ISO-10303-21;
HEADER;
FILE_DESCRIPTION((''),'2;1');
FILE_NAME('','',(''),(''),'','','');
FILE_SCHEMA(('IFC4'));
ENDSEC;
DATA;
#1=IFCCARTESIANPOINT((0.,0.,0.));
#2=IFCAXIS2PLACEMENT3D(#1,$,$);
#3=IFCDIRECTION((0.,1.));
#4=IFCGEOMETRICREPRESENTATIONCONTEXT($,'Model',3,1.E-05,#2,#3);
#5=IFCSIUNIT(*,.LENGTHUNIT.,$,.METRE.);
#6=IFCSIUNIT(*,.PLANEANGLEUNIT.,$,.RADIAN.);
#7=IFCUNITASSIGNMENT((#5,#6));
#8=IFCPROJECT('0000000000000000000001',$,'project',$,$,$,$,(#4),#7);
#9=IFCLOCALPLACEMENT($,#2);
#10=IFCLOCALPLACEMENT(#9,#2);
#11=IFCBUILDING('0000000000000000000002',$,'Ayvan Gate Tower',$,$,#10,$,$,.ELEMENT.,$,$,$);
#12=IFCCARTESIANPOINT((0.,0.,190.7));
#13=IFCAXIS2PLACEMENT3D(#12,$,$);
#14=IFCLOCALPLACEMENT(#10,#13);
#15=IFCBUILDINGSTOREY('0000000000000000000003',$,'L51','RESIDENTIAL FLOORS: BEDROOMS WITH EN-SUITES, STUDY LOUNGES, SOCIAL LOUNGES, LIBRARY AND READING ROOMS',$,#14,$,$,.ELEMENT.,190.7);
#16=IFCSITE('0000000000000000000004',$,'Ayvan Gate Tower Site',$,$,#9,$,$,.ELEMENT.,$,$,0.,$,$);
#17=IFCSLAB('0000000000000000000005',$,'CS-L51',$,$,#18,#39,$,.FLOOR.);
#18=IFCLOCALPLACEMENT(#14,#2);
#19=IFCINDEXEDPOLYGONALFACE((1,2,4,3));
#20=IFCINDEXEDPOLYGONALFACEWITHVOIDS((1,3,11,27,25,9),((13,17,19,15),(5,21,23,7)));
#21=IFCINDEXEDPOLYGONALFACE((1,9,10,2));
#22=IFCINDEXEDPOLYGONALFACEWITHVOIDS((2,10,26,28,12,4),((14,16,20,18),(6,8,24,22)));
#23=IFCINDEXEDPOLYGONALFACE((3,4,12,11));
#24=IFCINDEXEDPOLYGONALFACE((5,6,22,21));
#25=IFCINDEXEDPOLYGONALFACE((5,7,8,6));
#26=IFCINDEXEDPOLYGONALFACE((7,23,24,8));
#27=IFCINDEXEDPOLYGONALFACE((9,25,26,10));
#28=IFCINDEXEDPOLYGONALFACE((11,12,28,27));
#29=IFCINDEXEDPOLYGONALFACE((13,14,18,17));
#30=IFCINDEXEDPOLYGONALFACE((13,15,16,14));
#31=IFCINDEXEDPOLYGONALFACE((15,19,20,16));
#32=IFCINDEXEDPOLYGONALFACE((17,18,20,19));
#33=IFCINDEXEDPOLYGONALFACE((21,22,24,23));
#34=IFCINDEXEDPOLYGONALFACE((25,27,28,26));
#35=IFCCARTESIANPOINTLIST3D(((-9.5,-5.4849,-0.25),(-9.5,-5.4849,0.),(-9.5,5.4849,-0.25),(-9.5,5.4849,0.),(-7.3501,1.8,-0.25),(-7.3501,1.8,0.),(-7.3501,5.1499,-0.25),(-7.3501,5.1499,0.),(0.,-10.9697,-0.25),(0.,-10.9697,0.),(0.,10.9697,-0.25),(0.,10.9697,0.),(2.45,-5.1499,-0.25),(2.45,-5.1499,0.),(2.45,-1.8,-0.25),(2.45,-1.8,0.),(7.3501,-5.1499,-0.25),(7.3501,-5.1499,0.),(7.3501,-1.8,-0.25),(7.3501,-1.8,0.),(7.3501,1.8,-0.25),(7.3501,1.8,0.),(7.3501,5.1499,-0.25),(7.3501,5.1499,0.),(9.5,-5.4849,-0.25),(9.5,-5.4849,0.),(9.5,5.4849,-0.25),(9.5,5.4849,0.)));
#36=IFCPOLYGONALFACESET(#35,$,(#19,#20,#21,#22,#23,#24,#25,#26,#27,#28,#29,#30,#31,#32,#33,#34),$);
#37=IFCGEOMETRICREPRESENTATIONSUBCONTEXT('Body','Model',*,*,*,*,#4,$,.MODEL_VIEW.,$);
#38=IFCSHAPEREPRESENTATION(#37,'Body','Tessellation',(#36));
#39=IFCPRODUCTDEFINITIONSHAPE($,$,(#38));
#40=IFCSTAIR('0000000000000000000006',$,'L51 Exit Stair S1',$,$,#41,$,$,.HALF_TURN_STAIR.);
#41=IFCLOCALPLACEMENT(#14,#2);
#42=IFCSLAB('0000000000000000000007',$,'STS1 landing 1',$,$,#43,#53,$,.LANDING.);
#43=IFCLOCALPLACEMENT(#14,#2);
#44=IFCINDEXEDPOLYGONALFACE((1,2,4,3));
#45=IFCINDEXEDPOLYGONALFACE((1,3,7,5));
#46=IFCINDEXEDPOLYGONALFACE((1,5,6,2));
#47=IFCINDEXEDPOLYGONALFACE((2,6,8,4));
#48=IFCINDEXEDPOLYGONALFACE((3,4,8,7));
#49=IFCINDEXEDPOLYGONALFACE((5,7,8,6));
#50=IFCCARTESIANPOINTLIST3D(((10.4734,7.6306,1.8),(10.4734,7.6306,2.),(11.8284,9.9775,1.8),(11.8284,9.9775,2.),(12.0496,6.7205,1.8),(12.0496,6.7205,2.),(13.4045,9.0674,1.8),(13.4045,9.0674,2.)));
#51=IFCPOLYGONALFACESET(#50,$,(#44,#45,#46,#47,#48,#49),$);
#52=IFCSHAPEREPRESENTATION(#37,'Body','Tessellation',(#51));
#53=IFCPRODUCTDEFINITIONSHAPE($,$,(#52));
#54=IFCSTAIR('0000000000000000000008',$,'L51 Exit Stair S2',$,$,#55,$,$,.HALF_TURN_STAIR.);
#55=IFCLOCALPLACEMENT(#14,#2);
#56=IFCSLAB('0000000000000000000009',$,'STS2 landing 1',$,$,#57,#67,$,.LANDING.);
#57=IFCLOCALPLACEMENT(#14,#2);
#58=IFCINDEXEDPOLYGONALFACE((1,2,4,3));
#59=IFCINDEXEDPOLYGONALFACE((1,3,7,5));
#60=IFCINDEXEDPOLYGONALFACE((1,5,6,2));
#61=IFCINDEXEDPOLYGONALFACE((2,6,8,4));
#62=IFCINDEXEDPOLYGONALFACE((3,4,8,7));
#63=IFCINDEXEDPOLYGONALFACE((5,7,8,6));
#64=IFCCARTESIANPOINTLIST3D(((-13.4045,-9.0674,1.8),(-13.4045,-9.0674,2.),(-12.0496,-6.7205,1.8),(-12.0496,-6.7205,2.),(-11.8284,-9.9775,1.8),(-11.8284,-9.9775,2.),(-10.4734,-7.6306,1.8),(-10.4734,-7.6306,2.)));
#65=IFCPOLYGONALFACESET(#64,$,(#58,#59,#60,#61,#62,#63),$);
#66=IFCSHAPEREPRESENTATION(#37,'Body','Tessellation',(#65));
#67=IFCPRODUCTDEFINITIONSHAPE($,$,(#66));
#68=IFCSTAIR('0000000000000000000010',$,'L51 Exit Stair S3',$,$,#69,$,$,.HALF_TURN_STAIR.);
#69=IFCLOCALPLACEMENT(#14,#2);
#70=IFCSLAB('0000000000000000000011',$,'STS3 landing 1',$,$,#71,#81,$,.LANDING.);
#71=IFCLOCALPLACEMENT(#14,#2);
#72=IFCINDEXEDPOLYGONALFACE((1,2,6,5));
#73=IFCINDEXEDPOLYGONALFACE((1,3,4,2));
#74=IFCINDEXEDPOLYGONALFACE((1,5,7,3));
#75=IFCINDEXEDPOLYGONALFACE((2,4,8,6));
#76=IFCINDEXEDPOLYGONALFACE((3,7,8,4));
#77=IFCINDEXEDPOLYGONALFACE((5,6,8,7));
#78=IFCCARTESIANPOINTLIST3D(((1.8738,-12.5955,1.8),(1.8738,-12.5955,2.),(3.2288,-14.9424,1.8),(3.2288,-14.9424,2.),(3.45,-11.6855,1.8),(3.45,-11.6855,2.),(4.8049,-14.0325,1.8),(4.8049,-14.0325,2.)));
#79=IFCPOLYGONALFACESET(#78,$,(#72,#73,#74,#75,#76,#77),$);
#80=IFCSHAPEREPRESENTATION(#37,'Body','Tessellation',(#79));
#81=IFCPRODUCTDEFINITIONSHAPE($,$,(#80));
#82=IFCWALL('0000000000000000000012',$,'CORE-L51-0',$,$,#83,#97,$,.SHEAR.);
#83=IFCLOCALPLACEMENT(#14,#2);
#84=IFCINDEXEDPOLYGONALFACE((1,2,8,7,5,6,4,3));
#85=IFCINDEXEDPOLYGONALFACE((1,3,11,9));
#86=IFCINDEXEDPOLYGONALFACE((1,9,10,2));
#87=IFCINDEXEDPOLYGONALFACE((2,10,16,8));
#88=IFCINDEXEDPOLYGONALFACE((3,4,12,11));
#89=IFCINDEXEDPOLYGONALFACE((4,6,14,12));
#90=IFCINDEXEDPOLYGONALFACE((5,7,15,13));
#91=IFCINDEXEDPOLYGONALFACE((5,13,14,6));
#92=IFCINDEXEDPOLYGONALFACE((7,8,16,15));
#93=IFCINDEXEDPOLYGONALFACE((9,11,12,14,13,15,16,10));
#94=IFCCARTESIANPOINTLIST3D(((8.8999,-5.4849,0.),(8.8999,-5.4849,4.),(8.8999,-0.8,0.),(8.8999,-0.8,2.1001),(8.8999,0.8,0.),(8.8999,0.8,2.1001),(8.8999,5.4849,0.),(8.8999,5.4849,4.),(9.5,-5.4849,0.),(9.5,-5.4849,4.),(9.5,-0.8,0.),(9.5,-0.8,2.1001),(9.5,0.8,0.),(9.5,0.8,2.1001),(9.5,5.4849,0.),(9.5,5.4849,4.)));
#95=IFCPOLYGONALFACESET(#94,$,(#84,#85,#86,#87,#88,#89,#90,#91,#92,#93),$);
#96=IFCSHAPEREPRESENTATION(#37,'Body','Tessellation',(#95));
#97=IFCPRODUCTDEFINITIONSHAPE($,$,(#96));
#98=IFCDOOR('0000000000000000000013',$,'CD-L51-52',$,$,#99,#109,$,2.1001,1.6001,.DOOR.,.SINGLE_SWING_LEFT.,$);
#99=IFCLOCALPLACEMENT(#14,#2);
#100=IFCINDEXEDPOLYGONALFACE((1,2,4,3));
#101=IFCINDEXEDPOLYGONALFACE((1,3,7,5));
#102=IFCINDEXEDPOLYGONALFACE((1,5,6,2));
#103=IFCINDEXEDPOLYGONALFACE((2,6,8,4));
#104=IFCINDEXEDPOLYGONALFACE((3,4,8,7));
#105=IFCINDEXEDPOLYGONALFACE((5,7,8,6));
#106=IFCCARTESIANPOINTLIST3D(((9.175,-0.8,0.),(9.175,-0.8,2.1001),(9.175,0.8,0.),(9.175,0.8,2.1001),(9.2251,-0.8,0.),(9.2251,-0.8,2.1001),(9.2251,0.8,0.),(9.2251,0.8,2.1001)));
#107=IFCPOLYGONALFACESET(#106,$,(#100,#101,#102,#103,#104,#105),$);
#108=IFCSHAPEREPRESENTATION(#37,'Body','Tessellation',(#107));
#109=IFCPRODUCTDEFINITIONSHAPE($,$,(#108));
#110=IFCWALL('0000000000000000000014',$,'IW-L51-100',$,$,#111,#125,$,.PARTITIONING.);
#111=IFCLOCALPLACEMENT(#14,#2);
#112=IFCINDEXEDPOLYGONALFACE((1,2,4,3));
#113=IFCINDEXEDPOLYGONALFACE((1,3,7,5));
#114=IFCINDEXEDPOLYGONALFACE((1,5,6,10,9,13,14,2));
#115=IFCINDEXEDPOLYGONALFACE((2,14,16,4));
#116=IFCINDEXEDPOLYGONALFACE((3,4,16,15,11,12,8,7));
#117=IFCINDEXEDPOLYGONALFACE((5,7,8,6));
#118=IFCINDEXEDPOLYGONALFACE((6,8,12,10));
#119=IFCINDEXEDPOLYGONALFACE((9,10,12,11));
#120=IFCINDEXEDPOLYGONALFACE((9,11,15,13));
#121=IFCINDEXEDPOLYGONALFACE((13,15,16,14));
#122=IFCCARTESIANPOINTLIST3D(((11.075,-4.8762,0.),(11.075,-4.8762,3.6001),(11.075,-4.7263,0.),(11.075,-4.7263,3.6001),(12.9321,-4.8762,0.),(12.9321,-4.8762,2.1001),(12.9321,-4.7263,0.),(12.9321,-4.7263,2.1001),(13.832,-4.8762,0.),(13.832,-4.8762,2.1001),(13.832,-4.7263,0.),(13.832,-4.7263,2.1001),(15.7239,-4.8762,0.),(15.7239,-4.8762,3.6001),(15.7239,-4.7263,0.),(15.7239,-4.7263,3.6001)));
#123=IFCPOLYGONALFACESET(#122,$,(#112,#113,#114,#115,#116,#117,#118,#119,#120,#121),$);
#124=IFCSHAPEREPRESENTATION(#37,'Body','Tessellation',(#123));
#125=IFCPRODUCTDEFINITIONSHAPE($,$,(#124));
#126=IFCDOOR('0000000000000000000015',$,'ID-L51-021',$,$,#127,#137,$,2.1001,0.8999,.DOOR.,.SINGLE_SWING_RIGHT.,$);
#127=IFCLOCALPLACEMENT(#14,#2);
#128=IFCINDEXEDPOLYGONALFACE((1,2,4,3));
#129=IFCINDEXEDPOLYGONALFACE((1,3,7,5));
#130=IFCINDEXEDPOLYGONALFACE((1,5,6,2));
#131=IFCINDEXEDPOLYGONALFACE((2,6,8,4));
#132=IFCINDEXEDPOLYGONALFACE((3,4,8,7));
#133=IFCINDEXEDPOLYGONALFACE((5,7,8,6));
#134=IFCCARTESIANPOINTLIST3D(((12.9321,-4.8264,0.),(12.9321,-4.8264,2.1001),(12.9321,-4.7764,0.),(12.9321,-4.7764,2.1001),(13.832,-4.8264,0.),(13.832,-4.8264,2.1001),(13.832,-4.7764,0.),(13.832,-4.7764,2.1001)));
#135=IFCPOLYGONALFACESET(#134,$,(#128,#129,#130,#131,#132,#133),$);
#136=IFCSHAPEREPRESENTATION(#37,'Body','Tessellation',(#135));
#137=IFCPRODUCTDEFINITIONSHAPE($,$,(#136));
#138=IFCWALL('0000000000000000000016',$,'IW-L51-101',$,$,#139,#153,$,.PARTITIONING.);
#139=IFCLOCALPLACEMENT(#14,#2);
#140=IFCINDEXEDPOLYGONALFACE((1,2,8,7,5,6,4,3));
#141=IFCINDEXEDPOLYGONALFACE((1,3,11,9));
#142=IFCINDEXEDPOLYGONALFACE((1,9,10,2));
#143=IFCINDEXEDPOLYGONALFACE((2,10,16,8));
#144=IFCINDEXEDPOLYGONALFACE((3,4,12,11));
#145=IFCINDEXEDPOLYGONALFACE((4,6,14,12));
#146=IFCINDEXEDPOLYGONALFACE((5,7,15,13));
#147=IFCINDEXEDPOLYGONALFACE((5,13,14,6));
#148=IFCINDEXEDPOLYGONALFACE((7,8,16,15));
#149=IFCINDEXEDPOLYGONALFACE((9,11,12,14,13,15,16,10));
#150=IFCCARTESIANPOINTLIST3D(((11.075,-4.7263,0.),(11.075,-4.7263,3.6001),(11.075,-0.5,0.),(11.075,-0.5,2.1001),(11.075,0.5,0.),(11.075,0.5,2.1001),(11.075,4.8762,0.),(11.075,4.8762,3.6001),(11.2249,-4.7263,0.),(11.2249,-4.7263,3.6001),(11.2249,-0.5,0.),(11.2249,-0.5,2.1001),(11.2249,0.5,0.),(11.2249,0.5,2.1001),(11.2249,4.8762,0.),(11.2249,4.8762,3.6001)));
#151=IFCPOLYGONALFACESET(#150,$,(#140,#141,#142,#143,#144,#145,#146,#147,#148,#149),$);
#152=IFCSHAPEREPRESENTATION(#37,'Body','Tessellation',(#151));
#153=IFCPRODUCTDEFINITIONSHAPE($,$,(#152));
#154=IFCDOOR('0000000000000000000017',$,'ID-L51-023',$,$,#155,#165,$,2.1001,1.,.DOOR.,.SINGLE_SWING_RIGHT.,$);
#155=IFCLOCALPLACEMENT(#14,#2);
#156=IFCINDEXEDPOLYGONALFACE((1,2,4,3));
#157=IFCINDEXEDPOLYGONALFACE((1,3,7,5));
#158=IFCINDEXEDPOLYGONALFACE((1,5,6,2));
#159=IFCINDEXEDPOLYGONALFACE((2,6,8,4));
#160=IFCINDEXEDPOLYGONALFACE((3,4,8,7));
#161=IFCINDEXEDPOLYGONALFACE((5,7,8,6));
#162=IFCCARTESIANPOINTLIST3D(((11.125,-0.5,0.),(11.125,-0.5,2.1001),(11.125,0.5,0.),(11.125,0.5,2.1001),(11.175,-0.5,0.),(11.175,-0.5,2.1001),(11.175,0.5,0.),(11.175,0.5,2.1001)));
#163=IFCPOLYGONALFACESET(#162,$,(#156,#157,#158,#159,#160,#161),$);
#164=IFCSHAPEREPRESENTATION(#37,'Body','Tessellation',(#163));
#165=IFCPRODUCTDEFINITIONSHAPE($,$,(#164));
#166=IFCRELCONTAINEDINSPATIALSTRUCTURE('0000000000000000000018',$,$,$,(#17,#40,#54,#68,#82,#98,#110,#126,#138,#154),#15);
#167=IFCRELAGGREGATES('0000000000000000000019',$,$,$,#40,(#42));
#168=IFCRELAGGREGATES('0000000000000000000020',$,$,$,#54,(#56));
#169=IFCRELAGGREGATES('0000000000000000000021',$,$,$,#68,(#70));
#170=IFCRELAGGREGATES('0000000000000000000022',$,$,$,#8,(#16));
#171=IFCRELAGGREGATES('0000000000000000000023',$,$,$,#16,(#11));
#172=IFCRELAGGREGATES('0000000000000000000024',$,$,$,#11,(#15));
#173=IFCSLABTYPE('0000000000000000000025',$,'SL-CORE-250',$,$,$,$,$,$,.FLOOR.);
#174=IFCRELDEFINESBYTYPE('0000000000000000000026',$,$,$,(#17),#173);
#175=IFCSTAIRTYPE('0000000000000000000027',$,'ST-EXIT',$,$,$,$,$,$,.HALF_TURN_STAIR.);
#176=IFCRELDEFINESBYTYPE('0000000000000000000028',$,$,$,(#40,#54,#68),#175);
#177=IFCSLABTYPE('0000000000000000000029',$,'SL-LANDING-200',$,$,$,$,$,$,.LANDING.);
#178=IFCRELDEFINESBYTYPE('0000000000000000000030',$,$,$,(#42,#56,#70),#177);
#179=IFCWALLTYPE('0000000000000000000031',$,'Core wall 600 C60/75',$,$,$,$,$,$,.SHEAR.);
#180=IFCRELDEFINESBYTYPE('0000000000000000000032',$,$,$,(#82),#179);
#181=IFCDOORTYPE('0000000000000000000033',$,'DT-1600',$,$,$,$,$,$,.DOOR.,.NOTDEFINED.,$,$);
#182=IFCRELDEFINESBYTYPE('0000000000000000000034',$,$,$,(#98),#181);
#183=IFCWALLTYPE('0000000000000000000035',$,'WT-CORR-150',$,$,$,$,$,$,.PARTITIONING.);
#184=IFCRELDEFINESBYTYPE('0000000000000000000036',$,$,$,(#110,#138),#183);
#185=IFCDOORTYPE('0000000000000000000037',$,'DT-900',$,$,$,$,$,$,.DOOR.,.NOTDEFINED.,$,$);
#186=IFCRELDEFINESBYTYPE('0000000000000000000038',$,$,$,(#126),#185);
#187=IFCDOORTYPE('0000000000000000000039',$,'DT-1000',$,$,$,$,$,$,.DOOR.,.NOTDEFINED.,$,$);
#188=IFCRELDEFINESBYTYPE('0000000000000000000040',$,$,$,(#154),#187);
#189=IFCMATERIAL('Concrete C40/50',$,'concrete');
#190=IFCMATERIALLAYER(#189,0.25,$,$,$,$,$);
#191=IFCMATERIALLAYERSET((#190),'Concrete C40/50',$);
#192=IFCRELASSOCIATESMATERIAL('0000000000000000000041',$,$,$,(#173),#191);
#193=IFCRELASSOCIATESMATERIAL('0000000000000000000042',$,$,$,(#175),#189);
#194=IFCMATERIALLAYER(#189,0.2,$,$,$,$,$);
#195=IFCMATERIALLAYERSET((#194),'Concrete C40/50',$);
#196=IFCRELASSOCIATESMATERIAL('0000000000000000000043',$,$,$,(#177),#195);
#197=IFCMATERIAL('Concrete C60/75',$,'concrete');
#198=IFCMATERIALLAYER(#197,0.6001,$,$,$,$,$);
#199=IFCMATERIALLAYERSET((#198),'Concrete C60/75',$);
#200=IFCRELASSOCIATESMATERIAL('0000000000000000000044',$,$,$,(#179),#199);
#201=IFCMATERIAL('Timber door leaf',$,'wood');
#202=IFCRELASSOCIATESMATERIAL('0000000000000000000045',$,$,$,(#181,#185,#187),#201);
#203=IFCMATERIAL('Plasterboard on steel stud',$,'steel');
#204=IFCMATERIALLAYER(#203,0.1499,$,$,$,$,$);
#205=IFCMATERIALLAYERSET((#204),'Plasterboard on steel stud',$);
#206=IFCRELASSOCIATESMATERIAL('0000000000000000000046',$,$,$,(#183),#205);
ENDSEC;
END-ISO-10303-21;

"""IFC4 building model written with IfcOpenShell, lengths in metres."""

from ifc_helpers import new_model, si_unit, direction, frame, frame_2d, origin, place, context, subcontext, project, spatial, polyline, rectangle, outline, extrude, material, layer, layer_set, type_object, element, fill, aggregate, save


model = new_model("IFC4")

# Units and contexts
model_context = context("Model", 3, precision=1e-05, world=origin(), true_north=direction((0.0, 1.0)))
body_context = subcontext(model_context, "Body", "Model", "MODEL_VIEW")
ifc_project = project(units=[si_unit("LENGTHUNIT", "METRE"), si_unit("PLANEANGLEUNIT", "RADIAN")], contexts=[model_context])

# Site, building, storey
site_placement = place(None, origin())
site = spatial("IfcSite", under=ifc_project, at=site_placement, Name="Ayvan Gate Tower Site", CompositionType="ELEMENT", RefElevation=0.0)
building_placement = place(site_placement, origin())
building = spatial("IfcBuilding", under=site, at=building_placement, Name="Ayvan Gate Tower", CompositionType="ELEMENT")
storey_placement = place(building_placement, frame((0.0, 0.0, 190.7)))
storey = spatial("IfcBuildingStorey", under=building, at=storey_placement, Name="L51", Description="RESIDENTIAL FLOORS: BEDROOMS WITH EN-SUITES, STUDY LOUNGES, SOCIAL LOUNGES, LIBRARY AND READING ROOMS", CompositionType="ELEMENT", Elevation=190.7)

# Slab
ifc_material_1 = material(Name="Concrete C40/50", Category="concrete")
ifc_layer_1 = layer(ifc_material_1, 0.25)
ifc_layer_set_1 = layer_set([ifc_layer_1], Name="Concrete C40/50")
slab_type_1 = type_object("IfcSlabType", Name="SL-CORE-250", PredefinedType="FLOOR", material=ifc_layer_set_1)
slab_1_placement = place(storey_placement, frame((0.0, 0.0, -0.25)))
element("IfcSlab", 1, at=slab_1_placement, inside=storey, type_object=slab_type_1, Name="CS-L51", PredefinedType="FLOOR", context=body_context, shape_type="SweptSolid", body=[
    extrude(outline(polyline([(9.5, -5.4849), (0.0, -10.9697), (-9.5, -5.4849), (-9.5, 5.4849), (0.0, 10.9697), (9.5, 5.4849), (9.5, -5.4849)]), holes=[polyline([(-7.3501, 5.1499), (-7.3501, 1.8), (7.3501, 1.8), (7.3501, 5.1499), (-7.3501, 5.1499)]), polyline([(2.45, -1.8), (2.45, -5.1499), (7.3501, -5.1499), (7.3501, -1.8), (2.45, -1.8)])]), origin(), (0.0, 0.0, 1.0), 0.25),
])

# Stairs, slabs
stair_type = type_object("IfcStairType", Name="ST-EXIT", PredefinedType="HALF_TURN_STAIR", material=ifc_material_1)
stair_1_placement = place(storey_placement, origin())
stair_1 = element("IfcStair", 2, at=stair_1_placement, inside=storey, type_object=stair_type, Name="L51 Exit Stair S1", PredefinedType="HALF_TURN_STAIR")
ifc_layer_2 = layer(ifc_material_1, 0.2)
ifc_layer_set_2 = layer_set([ifc_layer_2], Name="Concrete C40/50")
slab_type_2 = type_object("IfcSlabType", Name="SL-LANDING-200", PredefinedType="LANDING", material=ifc_layer_set_2)
slab_2_placement = place(storey_placement, frame((0.0, 0.0, 1.8)))
slab_2 = element("IfcSlab", 3, at=slab_2_placement, type_object=slab_type_2, Name="STS1 landing 1", PredefinedType="LANDING", context=body_context, shape_type="SweptSolid", body=[
    extrude(outline(polyline([(10.4734, 7.6306), (12.0496, 6.7205), (13.4045, 9.0674), (11.8284, 9.9775), (10.4734, 7.6306)])), origin(), (0.0, 0.0, 1.0), 0.2),
])
aggregate(stair_1, [slab_2])
stair_2_placement = place(storey_placement, origin())
stair_2 = element("IfcStair", 4, at=stair_2_placement, inside=storey, type_object=stair_type, Name="L51 Exit Stair S2", PredefinedType="HALF_TURN_STAIR")
slab_3_placement = place(storey_placement, frame((0.0, 0.0, 1.8)))
slab_3 = element("IfcSlab", 5, at=slab_3_placement, type_object=slab_type_2, Name="STS2 landing 1", PredefinedType="LANDING", context=body_context, shape_type="SweptSolid", body=[
    extrude(outline(polyline([(-10.4734, -7.6306), (-12.0496, -6.7205), (-13.4045, -9.0674), (-11.8284, -9.9775), (-10.4734, -7.6306)])), origin(), (0.0, 0.0, 1.0), 0.2),
])
aggregate(stair_2, [slab_3])
stair_3_placement = place(storey_placement, origin())
stair_3 = element("IfcStair", 6, at=stair_3_placement, inside=storey, type_object=stair_type, Name="L51 Exit Stair S3", PredefinedType="HALF_TURN_STAIR")
slab_4_placement = place(storey_placement, frame((0.0, 0.0, 1.8)))
slab_4 = element("IfcSlab", 7, at=slab_4_placement, type_object=slab_type_2, Name="STS3 landing 1", PredefinedType="LANDING", context=body_context, shape_type="SweptSolid", body=[
    extrude(outline(polyline([(3.45, -11.6855), (1.8738, -12.5955), (3.2288, -14.9424), (4.8049, -14.0325), (3.45, -11.6855)])), origin(), (0.0, 0.0, 1.0), 0.2),
])
aggregate(stair_3, [slab_4])

# Walls, openings, doors
ifc_material_2 = material(Name="Concrete C60/75", Category="concrete")
ifc_layer_3 = layer(ifc_material_2, 0.6001)
ifc_layer_set_3 = layer_set([ifc_layer_3], Name="Concrete C60/75")
wall_type_1 = type_object("IfcWallType", Name="Core wall 600 C60/75", PredefinedType="SHEAR", material=ifc_layer_set_3)
wall_1_placement = place(storey_placement, frame((9.2, -5.4849, 0.0), z_axis=(0.0, 0.0, 1.0), x_axis=(0.0, 1.0, 0.0)))
wall_1 = element("IfcWall", 8, at=wall_1_placement, inside=storey, type_object=wall_type_1, Name="CORE-L51-0", PredefinedType="SHEAR", context=body_context, shape_type="SweptSolid", body=[
    extrude(rectangle(XDim=10.9697, YDim=0.6001, at=frame_2d((5.4849, 0.0))), origin(), (0.0, 0.0, 1.0), 4.0),
])
opening_1_placement = place(wall_1_placement, frame((4.6848, 0.0, 0.0)))
opening_1 = element("IfcOpeningElement", 9, at=opening_1_placement, cuts=wall_1, PredefinedType="OPENING", context=body_context, shape_type="SweptSolid", body=[
    extrude(rectangle(XDim=1.6001, YDim=2.1001, at=frame_2d((0.8, 1.05))), frame((0.0, 0.3101, 0.0), z_axis=(0.0, -1.0, 0.0), x_axis=(1.0, 0.0, 0.0)), (0.0, 0.0, 1.0), 0.6201),
])
ifc_material_3 = material(Name="Timber door leaf", Category="wood")
door_type_1 = type_object("IfcDoorType", Name="DT-1600", OperationType="NOTDEFINED", PredefinedType="DOOR", material=ifc_material_3)
door_1_placement = place(opening_1_placement, origin())
door_1 = element("IfcDoor", 10, at=door_1_placement, inside=storey, type_object=door_type_1, Name="CD-L51-52", OperationType="SINGLE_SWING_LEFT", OverallHeight=2.1001, OverallWidth=1.6001, PredefinedType="DOOR", context=body_context, shape_type="SweptSolid", body=[
    extrude(rectangle(XDim=1.6001, YDim=2.1001, at=frame_2d((0.8, 1.05))), frame((0.0, 0.0249, 0.0), z_axis=(0.0, -1.0, 0.0), x_axis=(1.0, 0.0, 0.0)), (0.0, 0.0, 1.0), 0.05),
])
fill(opening_1, door_1)
ifc_material_4 = material(Name="Plasterboard on steel stud", Category="steel")
ifc_layer_4 = layer(ifc_material_4, 0.1499)
ifc_layer_set_4 = layer_set([ifc_layer_4], Name="Plasterboard on steel stud")
wall_type_2 = type_object("IfcWallType", Name="WT-CORR-150", PredefinedType="PARTITIONING", material=ifc_layer_set_4)
wall_2_placement = place(storey_placement, frame((11.075, -4.8013, 0.0), z_axis=(0.0, 0.0, 1.0), x_axis=(1.0, 0.0, 0.0)))
wall_2 = element("IfcWall", 11, at=wall_2_placement, inside=storey, type_object=wall_type_2, Name="IW-L51-100", PredefinedType="PARTITIONING", context=body_context, shape_type="SweptSolid", body=[
    extrude(rectangle(XDim=4.6489, YDim=0.1499, at=frame_2d((2.3245, 0.0))), origin(), (0.0, 0.0, 1.0), 3.6001),
])
opening_2_placement = place(wall_2_placement, frame((1.8572, 0.0, 0.0)))
opening_2 = element("IfcOpeningElement", 12, at=opening_2_placement, cuts=wall_2, PredefinedType="OPENING", context=body_context, shape_type="SweptSolid", body=[
    extrude(rectangle(XDim=0.8999, YDim=2.1001, at=frame_2d((0.45, 1.05))), frame((0.0, 0.085, 0.0), z_axis=(0.0, -1.0, 0.0), x_axis=(1.0, 0.0, 0.0)), (0.0, 0.0, 1.0), 0.1699),
])
door_type_2 = type_object("IfcDoorType", Name="DT-900", OperationType="NOTDEFINED", PredefinedType="DOOR", material=ifc_material_3)
door_2_placement = place(opening_2_placement, origin())
door_2 = element("IfcDoor", 13, at=door_2_placement, inside=storey, type_object=door_type_2, Name="ID-L51-021", OperationType="SINGLE_SWING_RIGHT", OverallHeight=2.1001, OverallWidth=0.8999, PredefinedType="DOOR", context=body_context, shape_type="SweptSolid", body=[
    extrude(rectangle(XDim=0.8999, YDim=2.1001, at=frame_2d((0.45, 1.05))), frame((0.0, 0.0249, 0.0), z_axis=(0.0, -1.0, 0.0), x_axis=(1.0, 0.0, 0.0)), (0.0, 0.0, 1.0), 0.05),
])
fill(opening_2, door_2)
wall_3_placement = place(storey_placement, frame((11.1499, -4.7263, 0.0), z_axis=(0.0, 0.0, 1.0), x_axis=(0.0, 1.0, 0.0)))
wall_3 = element("IfcWall", 14, at=wall_3_placement, inside=storey, type_object=wall_type_2, Name="IW-L51-101", PredefinedType="PARTITIONING", context=body_context, shape_type="SweptSolid", body=[
    extrude(rectangle(XDim=9.6025, YDim=0.1499, at=frame_2d((4.8013, 0.0))), origin(), (0.0, 0.0, 1.0), 3.6001),
])
opening_3_placement = place(wall_3_placement, frame((4.2263, 0.0, 0.0)))
opening_3 = element("IfcOpeningElement", 15, at=opening_3_placement, cuts=wall_3, PredefinedType="OPENING", context=body_context, shape_type="SweptSolid", body=[
    extrude(rectangle(XDim=1.0, YDim=2.1001, at=frame_2d((0.5, 1.05))), frame((0.0, 0.085, 0.0), z_axis=(0.0, -1.0, 0.0), x_axis=(1.0, 0.0, 0.0)), (0.0, 0.0, 1.0), 0.1699),
])
door_type_3 = type_object("IfcDoorType", Name="DT-1000", OperationType="NOTDEFINED", PredefinedType="DOOR", material=ifc_material_3)
door_3_placement = place(opening_3_placement, origin())
door_3 = element("IfcDoor", 16, at=door_3_placement, inside=storey, type_object=door_type_3, Name="ID-L51-023", OperationType="SINGLE_SWING_RIGHT", OverallHeight=2.1001, OverallWidth=1.0, PredefinedType="DOOR", context=body_context, shape_type="SweptSolid", body=[
    extrude(rectangle(XDim=1.0, YDim=2.1001, at=frame_2d((0.5, 1.05))), frame((0.0, 0.0249, 0.0), z_axis=(0.0, -1.0, 0.0), x_axis=(1.0, 0.0, 0.0)), (0.0, 0.0, 1.0), 0.05),
])
fill(opening_3, door_3)

save(model, "model.ifc")
